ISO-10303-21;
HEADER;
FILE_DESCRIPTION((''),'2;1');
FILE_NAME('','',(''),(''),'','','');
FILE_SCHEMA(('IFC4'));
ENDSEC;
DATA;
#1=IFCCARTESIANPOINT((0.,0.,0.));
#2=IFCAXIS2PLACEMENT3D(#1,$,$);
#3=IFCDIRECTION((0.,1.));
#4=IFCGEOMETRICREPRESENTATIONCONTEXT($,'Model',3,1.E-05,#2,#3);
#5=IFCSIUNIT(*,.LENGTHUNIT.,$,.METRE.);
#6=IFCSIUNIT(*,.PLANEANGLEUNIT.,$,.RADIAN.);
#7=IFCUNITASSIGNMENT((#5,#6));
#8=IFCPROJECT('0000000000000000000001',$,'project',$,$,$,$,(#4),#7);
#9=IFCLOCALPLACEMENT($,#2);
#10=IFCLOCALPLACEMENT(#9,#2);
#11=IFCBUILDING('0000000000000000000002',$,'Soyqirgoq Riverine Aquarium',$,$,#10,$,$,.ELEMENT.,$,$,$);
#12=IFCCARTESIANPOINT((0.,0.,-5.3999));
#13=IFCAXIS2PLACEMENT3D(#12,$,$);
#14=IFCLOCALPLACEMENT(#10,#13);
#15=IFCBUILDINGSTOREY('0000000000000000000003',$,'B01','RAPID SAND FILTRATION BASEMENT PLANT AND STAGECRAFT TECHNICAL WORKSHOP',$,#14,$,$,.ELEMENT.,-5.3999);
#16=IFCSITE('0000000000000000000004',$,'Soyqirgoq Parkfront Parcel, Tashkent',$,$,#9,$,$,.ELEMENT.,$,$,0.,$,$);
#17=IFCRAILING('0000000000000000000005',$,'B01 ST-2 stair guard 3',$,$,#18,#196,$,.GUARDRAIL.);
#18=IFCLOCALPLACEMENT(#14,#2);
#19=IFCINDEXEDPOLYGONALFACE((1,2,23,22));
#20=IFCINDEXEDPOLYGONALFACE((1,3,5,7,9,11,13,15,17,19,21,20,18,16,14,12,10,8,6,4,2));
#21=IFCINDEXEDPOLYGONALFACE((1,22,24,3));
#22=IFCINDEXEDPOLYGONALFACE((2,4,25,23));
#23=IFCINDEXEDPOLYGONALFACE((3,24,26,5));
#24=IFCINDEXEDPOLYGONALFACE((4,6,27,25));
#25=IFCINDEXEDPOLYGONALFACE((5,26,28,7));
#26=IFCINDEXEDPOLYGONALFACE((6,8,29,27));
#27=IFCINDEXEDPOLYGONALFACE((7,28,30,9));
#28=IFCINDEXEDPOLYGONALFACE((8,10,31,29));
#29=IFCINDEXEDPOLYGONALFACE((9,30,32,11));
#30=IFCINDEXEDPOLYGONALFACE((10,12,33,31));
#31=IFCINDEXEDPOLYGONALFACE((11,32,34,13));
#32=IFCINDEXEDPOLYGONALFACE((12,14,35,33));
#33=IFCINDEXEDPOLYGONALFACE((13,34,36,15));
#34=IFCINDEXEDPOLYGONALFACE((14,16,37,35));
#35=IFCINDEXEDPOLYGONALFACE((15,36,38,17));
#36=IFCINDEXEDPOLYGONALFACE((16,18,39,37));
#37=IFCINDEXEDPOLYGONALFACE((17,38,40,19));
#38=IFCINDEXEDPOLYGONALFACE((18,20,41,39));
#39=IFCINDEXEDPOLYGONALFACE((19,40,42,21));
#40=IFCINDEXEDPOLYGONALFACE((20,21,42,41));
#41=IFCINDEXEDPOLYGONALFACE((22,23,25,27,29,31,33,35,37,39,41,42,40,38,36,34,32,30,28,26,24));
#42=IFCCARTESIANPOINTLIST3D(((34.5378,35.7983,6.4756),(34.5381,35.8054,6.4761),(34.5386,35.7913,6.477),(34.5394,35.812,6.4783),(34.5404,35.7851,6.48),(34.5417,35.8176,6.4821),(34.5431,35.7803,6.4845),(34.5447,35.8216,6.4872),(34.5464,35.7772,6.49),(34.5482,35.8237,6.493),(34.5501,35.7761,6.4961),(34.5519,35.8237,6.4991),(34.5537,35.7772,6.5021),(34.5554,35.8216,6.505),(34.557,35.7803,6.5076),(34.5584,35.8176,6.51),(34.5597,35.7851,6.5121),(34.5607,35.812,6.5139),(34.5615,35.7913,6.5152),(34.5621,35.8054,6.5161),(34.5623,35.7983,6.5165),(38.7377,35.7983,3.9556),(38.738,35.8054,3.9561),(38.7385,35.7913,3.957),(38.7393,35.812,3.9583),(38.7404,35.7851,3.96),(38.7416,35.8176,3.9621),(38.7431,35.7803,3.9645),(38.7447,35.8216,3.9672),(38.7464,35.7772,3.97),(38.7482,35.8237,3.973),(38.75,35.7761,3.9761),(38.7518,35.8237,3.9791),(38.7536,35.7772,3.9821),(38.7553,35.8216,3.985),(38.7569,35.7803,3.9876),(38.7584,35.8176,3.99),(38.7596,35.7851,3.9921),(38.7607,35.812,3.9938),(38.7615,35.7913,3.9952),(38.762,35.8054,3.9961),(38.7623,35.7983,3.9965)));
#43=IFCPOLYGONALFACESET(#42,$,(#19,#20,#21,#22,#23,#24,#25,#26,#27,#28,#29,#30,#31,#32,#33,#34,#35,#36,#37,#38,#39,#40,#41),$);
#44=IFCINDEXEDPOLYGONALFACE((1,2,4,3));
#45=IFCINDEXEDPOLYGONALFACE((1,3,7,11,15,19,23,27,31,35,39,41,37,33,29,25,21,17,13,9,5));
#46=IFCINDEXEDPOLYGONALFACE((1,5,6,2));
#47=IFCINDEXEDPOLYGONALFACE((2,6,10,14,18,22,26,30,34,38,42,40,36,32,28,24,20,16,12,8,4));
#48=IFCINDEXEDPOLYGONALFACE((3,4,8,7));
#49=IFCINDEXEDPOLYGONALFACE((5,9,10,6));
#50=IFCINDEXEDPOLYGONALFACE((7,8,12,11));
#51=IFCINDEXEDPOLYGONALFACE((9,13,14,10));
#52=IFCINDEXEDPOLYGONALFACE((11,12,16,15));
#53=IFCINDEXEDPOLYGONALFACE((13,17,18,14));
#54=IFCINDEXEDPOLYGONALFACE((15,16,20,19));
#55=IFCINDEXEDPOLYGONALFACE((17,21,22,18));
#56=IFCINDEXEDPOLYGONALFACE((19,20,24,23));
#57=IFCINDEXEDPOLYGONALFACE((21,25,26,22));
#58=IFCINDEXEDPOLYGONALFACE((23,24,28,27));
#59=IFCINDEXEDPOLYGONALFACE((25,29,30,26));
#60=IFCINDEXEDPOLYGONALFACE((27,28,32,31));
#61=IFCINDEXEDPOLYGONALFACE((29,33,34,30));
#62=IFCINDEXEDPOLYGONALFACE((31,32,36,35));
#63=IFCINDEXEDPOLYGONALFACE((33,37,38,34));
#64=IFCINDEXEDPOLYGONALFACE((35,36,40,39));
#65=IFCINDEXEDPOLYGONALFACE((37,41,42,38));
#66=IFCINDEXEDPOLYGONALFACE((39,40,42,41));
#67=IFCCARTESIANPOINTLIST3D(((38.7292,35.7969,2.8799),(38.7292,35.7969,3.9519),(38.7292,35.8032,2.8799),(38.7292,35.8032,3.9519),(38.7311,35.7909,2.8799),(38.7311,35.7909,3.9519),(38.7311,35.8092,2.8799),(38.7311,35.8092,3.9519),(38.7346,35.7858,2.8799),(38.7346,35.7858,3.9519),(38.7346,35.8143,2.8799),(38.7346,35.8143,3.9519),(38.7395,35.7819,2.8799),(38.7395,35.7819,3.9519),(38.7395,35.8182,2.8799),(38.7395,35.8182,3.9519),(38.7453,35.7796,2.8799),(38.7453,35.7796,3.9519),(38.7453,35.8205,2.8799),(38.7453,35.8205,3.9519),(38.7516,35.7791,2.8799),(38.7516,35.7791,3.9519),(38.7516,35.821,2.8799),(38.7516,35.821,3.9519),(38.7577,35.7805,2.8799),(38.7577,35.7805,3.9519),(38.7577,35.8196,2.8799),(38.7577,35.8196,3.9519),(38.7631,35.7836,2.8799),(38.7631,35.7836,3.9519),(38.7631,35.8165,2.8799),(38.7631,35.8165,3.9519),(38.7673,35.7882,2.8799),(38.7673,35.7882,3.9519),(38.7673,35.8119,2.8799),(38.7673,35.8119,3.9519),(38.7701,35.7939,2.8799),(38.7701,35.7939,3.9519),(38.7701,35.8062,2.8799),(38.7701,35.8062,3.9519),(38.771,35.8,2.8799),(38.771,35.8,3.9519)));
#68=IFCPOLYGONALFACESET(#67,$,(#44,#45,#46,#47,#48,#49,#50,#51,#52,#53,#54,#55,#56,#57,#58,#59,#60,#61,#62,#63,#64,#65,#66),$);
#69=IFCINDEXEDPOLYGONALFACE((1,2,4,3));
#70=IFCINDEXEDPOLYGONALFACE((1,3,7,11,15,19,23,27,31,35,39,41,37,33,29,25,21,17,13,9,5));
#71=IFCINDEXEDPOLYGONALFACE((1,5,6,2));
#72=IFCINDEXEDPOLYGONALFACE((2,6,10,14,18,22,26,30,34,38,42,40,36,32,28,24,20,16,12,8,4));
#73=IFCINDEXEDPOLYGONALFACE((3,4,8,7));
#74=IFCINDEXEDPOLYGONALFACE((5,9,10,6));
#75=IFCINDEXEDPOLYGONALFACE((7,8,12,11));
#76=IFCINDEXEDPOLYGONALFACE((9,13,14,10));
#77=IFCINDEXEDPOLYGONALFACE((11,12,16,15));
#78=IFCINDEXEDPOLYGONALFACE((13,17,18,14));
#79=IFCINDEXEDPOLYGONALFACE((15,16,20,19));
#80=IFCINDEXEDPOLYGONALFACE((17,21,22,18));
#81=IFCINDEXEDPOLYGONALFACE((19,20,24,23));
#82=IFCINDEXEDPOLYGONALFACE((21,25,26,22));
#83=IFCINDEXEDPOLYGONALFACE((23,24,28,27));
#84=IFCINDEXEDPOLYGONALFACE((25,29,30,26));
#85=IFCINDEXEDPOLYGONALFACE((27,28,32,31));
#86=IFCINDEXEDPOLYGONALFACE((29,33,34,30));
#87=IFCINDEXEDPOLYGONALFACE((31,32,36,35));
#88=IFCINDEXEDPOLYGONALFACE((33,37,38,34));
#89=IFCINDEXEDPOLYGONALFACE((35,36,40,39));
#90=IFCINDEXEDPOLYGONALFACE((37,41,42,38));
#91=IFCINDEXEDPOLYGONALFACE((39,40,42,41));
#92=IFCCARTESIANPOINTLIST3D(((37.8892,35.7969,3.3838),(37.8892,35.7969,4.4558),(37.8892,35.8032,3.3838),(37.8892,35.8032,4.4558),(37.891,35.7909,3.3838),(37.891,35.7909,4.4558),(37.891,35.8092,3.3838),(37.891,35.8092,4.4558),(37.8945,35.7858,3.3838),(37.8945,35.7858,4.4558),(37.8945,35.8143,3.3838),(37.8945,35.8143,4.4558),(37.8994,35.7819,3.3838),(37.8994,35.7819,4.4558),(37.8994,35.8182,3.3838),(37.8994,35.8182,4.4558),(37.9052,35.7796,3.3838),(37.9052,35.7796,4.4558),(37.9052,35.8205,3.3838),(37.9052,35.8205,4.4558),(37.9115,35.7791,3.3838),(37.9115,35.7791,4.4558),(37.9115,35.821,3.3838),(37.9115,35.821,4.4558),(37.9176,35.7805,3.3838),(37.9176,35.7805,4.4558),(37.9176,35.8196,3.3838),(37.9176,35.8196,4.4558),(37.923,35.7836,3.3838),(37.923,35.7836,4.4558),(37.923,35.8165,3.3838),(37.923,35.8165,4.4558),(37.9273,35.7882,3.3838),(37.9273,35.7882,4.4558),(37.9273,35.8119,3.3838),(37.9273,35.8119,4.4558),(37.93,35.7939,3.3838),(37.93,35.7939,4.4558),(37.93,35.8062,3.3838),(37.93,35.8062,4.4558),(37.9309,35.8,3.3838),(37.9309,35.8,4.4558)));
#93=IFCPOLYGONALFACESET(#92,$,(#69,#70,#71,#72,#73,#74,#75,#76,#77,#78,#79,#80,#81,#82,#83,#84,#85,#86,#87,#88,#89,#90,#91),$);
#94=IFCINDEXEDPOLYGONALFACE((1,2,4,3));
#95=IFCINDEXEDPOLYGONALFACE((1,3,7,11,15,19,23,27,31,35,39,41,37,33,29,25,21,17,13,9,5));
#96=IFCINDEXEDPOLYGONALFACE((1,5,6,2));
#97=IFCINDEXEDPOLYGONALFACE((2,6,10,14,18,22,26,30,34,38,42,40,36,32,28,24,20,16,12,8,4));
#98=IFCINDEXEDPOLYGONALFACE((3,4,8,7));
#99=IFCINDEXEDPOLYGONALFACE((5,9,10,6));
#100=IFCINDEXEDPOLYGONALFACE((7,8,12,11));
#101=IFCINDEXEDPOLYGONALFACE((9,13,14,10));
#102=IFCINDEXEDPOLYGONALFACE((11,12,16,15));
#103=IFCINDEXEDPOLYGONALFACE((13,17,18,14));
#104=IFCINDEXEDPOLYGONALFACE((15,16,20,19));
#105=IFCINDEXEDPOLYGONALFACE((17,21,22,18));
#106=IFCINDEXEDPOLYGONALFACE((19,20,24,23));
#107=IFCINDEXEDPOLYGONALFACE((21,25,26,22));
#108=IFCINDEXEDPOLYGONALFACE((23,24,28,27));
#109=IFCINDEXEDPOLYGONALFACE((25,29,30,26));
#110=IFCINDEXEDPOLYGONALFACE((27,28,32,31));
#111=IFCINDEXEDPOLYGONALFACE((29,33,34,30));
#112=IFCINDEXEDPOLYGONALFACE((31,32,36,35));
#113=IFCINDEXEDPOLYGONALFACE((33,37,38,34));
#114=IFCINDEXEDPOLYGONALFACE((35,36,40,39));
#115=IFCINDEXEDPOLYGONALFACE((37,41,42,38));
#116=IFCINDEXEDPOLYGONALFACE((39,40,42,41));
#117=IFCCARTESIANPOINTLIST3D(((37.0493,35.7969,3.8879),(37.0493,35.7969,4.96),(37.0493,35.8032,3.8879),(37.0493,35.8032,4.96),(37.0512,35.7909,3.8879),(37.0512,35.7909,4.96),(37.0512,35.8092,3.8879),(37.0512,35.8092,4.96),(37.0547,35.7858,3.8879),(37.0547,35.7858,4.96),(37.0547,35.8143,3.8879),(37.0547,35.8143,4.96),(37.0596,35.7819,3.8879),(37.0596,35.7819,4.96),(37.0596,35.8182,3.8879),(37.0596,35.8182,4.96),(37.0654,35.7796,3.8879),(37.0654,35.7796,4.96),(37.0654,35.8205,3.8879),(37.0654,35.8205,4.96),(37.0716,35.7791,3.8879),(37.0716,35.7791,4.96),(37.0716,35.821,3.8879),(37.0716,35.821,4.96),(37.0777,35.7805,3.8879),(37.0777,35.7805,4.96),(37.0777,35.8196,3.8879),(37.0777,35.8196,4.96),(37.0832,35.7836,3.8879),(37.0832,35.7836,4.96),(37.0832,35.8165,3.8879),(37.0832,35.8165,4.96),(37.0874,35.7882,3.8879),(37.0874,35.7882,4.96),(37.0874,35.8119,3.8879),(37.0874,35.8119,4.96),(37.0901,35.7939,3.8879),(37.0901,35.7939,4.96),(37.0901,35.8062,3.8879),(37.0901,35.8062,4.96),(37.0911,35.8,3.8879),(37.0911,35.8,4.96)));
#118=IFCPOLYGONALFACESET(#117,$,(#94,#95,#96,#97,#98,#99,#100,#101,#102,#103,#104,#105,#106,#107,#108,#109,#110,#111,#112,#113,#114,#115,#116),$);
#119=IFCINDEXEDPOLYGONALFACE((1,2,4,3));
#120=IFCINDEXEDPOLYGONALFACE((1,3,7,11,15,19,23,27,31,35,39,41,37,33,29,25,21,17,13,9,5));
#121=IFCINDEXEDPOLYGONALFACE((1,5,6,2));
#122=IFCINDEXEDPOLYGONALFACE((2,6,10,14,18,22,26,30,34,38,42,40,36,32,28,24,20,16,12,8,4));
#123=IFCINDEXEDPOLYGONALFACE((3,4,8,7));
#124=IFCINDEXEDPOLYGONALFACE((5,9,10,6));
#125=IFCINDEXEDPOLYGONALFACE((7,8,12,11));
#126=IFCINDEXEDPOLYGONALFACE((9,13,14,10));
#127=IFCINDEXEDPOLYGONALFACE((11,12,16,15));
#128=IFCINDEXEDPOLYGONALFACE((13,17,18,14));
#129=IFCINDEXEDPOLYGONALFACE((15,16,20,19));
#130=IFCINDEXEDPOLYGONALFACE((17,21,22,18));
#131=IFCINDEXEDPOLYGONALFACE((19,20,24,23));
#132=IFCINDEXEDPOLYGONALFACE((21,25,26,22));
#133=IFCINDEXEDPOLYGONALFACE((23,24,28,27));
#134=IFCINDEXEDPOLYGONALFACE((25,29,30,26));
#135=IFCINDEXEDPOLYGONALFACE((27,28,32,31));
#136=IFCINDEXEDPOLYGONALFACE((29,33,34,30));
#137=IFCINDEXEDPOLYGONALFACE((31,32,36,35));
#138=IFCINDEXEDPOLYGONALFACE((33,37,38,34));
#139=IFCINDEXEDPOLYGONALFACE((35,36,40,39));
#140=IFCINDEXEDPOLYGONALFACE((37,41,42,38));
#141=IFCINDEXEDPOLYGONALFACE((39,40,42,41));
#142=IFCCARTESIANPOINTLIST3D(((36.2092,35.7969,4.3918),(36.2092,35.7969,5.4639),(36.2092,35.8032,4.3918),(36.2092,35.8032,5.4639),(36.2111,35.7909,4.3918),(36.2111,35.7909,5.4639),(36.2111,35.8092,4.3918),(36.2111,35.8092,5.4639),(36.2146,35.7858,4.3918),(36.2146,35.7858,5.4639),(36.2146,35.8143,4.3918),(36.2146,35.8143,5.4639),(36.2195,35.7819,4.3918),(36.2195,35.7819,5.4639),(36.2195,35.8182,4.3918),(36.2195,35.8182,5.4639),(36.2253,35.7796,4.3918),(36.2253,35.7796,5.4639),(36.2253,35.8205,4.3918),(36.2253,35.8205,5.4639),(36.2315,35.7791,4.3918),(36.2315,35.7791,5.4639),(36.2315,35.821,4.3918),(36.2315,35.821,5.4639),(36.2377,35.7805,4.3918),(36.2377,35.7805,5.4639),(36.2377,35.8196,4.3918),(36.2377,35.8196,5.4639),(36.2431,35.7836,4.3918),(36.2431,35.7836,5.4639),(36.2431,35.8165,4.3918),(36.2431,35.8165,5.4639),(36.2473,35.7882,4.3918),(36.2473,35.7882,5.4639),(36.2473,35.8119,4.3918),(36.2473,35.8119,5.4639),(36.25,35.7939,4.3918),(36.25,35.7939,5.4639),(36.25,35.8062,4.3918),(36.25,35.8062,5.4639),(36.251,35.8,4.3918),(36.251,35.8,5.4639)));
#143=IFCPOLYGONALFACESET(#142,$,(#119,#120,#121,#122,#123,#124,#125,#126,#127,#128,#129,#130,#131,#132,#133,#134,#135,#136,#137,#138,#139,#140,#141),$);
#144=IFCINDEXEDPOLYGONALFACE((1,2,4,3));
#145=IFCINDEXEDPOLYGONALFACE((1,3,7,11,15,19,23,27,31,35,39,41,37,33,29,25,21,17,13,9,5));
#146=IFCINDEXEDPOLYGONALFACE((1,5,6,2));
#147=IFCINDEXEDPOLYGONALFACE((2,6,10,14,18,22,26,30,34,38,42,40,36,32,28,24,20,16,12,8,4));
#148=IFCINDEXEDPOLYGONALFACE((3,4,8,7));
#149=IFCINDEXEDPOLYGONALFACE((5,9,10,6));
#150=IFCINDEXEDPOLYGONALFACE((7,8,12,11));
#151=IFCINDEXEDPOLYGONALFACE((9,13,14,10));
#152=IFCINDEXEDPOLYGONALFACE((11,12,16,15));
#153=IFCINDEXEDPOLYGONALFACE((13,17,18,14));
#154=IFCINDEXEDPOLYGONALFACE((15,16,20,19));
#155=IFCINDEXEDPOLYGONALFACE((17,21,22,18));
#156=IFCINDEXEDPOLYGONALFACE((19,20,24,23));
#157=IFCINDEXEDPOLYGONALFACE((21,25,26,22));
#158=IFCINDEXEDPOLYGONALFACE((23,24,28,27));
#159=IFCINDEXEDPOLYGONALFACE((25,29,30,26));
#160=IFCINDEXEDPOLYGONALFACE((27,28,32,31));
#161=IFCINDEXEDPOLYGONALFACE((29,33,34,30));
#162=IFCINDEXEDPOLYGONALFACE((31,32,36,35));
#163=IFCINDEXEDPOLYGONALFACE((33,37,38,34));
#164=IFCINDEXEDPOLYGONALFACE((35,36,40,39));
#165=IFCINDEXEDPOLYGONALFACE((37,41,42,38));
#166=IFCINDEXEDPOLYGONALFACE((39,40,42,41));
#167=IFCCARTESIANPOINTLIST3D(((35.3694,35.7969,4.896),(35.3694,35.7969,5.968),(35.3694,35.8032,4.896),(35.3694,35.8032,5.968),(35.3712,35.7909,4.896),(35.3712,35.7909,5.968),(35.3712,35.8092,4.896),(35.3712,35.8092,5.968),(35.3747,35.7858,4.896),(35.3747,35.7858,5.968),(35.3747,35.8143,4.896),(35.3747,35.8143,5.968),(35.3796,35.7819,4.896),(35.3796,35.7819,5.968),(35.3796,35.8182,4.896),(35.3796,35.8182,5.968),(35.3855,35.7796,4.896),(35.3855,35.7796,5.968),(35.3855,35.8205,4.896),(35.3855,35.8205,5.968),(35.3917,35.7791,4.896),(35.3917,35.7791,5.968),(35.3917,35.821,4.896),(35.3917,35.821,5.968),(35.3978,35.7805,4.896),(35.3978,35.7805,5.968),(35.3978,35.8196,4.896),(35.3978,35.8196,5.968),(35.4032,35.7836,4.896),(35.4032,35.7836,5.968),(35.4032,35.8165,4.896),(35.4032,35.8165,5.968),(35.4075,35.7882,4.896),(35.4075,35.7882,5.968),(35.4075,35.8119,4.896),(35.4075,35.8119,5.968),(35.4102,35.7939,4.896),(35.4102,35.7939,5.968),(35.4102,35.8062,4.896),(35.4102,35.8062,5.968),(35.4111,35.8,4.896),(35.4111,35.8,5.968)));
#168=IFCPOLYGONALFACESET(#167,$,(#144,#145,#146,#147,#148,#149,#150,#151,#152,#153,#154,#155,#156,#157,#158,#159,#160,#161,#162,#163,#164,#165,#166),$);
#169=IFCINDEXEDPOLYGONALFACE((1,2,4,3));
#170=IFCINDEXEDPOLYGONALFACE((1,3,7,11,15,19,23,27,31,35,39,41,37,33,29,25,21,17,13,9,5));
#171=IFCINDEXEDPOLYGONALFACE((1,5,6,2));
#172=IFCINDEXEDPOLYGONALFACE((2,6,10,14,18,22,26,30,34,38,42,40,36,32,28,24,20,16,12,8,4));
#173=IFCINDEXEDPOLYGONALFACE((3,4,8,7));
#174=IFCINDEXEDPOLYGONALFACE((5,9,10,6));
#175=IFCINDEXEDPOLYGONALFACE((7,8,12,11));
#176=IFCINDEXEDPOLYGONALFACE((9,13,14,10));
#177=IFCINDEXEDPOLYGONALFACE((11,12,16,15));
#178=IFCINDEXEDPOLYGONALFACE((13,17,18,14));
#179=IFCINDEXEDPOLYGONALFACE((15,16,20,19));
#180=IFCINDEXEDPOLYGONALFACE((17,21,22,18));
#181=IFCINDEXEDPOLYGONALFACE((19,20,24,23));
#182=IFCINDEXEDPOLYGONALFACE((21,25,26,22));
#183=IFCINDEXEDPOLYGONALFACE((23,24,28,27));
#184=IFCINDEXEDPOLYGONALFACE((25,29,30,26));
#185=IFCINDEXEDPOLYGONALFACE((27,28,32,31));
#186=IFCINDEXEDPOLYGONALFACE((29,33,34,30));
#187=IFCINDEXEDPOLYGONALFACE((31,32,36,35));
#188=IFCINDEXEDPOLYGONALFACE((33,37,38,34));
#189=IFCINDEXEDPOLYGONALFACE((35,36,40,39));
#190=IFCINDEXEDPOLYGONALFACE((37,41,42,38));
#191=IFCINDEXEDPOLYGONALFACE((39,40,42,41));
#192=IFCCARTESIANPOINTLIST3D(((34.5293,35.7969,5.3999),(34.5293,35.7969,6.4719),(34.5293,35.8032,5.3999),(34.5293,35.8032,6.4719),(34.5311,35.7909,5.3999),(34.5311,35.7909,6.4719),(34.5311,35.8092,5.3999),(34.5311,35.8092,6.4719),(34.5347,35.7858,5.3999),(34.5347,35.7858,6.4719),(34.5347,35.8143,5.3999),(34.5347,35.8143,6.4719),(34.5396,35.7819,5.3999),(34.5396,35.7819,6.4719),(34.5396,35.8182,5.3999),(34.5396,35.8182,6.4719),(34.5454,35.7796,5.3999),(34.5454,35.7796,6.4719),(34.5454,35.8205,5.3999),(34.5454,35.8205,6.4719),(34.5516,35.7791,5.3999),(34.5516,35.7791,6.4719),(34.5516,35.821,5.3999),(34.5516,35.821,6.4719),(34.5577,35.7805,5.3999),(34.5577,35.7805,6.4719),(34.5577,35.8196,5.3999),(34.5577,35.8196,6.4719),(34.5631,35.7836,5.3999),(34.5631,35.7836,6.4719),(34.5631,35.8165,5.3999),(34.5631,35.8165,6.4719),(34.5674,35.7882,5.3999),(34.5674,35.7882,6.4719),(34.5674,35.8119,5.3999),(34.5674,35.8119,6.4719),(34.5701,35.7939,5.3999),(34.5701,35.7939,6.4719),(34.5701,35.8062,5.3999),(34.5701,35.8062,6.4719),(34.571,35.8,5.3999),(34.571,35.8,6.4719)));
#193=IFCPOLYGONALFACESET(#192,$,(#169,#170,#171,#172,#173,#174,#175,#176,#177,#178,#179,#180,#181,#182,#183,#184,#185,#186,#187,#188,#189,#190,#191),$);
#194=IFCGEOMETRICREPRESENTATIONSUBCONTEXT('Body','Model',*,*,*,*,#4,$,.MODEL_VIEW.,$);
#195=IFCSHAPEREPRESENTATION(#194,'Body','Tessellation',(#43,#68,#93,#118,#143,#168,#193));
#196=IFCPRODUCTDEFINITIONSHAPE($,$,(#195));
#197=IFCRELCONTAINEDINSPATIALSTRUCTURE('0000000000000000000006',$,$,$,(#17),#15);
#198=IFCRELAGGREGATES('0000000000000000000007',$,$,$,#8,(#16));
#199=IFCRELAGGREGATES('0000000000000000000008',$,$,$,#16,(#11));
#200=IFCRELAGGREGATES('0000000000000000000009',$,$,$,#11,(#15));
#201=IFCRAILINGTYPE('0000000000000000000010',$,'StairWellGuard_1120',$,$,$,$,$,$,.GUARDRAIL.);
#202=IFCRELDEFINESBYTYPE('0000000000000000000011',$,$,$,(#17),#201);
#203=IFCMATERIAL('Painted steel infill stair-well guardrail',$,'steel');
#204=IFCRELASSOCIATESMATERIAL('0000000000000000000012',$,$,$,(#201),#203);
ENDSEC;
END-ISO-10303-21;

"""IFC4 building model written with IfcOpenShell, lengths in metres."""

from ifc_helpers import new_model, si_unit, direction, frame, origin, origin_2d, place, context, subcontext, project, spatial, circle, extrude, material, type_object, element, save


model = new_model("IFC4")

# Units and contexts
model_context = context("Model", 3, precision=1e-05, world=origin(), true_north=direction((0.0, 1.0)))
body_context = subcontext(model_context, "Body", "Model", "MODEL_VIEW")
ifc_project = project(units=[si_unit("LENGTHUNIT", "METRE"), si_unit("PLANEANGLEUNIT", "RADIAN")], contexts=[model_context])

# Site, building, storey
site_placement = place(None, origin())
site = spatial("IfcSite", under=ifc_project, at=site_placement, Name="Soyqirgoq Parkfront Parcel, Tashkent", CompositionType="ELEMENT", RefElevation=0.0)
building_placement = place(site_placement, origin())
building = spatial("IfcBuilding", under=site, at=building_placement, Name="Soyqirgoq Riverine Aquarium", CompositionType="ELEMENT")
storey_placement = place(building_placement, frame((0.0, 0.0, -5.3999)))
storey = spatial("IfcBuildingStorey", under=building, at=storey_placement, Name="B01", Description="RAPID SAND FILTRATION BASEMENT PLANT AND STAGECRAFT TECHNICAL WORKSHOP", CompositionType="ELEMENT", Elevation=-5.3999)

# Railing
ifc_material_1 = material(Name="Painted steel infill stair-well guardrail", Category="steel")
railing_type_1 = type_object("IfcRailingType", Name="StairWellGuard_1120", PredefinedType="GUARDRAIL", material=ifc_material_1)
railing_1_placement = place(storey_placement, frame((38.75, 35.8, 2.8799)))
element("IfcRailing", 1, at=railing_1_placement, inside=storey, type_object=railing_type_1, Name="B01 ST-2 stair guard 3", PredefinedType="GUARDRAIL", context=body_context, shape_type="SweptSolid", body=[
    extrude(circle(Radius=0.0239, at=origin_2d()), frame((0.0, 0.0, 1.0962), z_axis=(-0.857489, 0.0, 0.514503), x_axis=(0.0, -1.0, 0.0)), (0.0, 0.0, 1.0), 4.8979),
    extrude(circle(Radius=0.021, at=origin_2d()), origin(), (0.0, 0.0, 1.0), 1.072),
    extrude(circle(Radius=0.021, at=origin_2d()), frame((-0.8401, 0.0, 0.5039)), (0.0, 0.0, 1.0), 1.072),
    extrude(circle(Radius=0.021, at=origin_2d()), frame((-1.6799, 0.0, 1.0081)), (0.0, 0.0, 1.0), 1.072),
    extrude(circle(Radius=0.021, at=origin_2d()), frame((-2.52, 0.0, 1.512)), (0.0, 0.0, 1.0), 1.072),
    extrude(circle(Radius=0.021, at=origin_2d()), frame((-3.3599, 0.0, 2.0161)), (0.0, 0.0, 1.0), 1.072),
    extrude(circle(Radius=0.021, at=origin_2d()), frame((-4.2, 0.0, 2.52)), (0.0, 0.0, 1.0), 1.072),
])

save(model, "model.ifc")
